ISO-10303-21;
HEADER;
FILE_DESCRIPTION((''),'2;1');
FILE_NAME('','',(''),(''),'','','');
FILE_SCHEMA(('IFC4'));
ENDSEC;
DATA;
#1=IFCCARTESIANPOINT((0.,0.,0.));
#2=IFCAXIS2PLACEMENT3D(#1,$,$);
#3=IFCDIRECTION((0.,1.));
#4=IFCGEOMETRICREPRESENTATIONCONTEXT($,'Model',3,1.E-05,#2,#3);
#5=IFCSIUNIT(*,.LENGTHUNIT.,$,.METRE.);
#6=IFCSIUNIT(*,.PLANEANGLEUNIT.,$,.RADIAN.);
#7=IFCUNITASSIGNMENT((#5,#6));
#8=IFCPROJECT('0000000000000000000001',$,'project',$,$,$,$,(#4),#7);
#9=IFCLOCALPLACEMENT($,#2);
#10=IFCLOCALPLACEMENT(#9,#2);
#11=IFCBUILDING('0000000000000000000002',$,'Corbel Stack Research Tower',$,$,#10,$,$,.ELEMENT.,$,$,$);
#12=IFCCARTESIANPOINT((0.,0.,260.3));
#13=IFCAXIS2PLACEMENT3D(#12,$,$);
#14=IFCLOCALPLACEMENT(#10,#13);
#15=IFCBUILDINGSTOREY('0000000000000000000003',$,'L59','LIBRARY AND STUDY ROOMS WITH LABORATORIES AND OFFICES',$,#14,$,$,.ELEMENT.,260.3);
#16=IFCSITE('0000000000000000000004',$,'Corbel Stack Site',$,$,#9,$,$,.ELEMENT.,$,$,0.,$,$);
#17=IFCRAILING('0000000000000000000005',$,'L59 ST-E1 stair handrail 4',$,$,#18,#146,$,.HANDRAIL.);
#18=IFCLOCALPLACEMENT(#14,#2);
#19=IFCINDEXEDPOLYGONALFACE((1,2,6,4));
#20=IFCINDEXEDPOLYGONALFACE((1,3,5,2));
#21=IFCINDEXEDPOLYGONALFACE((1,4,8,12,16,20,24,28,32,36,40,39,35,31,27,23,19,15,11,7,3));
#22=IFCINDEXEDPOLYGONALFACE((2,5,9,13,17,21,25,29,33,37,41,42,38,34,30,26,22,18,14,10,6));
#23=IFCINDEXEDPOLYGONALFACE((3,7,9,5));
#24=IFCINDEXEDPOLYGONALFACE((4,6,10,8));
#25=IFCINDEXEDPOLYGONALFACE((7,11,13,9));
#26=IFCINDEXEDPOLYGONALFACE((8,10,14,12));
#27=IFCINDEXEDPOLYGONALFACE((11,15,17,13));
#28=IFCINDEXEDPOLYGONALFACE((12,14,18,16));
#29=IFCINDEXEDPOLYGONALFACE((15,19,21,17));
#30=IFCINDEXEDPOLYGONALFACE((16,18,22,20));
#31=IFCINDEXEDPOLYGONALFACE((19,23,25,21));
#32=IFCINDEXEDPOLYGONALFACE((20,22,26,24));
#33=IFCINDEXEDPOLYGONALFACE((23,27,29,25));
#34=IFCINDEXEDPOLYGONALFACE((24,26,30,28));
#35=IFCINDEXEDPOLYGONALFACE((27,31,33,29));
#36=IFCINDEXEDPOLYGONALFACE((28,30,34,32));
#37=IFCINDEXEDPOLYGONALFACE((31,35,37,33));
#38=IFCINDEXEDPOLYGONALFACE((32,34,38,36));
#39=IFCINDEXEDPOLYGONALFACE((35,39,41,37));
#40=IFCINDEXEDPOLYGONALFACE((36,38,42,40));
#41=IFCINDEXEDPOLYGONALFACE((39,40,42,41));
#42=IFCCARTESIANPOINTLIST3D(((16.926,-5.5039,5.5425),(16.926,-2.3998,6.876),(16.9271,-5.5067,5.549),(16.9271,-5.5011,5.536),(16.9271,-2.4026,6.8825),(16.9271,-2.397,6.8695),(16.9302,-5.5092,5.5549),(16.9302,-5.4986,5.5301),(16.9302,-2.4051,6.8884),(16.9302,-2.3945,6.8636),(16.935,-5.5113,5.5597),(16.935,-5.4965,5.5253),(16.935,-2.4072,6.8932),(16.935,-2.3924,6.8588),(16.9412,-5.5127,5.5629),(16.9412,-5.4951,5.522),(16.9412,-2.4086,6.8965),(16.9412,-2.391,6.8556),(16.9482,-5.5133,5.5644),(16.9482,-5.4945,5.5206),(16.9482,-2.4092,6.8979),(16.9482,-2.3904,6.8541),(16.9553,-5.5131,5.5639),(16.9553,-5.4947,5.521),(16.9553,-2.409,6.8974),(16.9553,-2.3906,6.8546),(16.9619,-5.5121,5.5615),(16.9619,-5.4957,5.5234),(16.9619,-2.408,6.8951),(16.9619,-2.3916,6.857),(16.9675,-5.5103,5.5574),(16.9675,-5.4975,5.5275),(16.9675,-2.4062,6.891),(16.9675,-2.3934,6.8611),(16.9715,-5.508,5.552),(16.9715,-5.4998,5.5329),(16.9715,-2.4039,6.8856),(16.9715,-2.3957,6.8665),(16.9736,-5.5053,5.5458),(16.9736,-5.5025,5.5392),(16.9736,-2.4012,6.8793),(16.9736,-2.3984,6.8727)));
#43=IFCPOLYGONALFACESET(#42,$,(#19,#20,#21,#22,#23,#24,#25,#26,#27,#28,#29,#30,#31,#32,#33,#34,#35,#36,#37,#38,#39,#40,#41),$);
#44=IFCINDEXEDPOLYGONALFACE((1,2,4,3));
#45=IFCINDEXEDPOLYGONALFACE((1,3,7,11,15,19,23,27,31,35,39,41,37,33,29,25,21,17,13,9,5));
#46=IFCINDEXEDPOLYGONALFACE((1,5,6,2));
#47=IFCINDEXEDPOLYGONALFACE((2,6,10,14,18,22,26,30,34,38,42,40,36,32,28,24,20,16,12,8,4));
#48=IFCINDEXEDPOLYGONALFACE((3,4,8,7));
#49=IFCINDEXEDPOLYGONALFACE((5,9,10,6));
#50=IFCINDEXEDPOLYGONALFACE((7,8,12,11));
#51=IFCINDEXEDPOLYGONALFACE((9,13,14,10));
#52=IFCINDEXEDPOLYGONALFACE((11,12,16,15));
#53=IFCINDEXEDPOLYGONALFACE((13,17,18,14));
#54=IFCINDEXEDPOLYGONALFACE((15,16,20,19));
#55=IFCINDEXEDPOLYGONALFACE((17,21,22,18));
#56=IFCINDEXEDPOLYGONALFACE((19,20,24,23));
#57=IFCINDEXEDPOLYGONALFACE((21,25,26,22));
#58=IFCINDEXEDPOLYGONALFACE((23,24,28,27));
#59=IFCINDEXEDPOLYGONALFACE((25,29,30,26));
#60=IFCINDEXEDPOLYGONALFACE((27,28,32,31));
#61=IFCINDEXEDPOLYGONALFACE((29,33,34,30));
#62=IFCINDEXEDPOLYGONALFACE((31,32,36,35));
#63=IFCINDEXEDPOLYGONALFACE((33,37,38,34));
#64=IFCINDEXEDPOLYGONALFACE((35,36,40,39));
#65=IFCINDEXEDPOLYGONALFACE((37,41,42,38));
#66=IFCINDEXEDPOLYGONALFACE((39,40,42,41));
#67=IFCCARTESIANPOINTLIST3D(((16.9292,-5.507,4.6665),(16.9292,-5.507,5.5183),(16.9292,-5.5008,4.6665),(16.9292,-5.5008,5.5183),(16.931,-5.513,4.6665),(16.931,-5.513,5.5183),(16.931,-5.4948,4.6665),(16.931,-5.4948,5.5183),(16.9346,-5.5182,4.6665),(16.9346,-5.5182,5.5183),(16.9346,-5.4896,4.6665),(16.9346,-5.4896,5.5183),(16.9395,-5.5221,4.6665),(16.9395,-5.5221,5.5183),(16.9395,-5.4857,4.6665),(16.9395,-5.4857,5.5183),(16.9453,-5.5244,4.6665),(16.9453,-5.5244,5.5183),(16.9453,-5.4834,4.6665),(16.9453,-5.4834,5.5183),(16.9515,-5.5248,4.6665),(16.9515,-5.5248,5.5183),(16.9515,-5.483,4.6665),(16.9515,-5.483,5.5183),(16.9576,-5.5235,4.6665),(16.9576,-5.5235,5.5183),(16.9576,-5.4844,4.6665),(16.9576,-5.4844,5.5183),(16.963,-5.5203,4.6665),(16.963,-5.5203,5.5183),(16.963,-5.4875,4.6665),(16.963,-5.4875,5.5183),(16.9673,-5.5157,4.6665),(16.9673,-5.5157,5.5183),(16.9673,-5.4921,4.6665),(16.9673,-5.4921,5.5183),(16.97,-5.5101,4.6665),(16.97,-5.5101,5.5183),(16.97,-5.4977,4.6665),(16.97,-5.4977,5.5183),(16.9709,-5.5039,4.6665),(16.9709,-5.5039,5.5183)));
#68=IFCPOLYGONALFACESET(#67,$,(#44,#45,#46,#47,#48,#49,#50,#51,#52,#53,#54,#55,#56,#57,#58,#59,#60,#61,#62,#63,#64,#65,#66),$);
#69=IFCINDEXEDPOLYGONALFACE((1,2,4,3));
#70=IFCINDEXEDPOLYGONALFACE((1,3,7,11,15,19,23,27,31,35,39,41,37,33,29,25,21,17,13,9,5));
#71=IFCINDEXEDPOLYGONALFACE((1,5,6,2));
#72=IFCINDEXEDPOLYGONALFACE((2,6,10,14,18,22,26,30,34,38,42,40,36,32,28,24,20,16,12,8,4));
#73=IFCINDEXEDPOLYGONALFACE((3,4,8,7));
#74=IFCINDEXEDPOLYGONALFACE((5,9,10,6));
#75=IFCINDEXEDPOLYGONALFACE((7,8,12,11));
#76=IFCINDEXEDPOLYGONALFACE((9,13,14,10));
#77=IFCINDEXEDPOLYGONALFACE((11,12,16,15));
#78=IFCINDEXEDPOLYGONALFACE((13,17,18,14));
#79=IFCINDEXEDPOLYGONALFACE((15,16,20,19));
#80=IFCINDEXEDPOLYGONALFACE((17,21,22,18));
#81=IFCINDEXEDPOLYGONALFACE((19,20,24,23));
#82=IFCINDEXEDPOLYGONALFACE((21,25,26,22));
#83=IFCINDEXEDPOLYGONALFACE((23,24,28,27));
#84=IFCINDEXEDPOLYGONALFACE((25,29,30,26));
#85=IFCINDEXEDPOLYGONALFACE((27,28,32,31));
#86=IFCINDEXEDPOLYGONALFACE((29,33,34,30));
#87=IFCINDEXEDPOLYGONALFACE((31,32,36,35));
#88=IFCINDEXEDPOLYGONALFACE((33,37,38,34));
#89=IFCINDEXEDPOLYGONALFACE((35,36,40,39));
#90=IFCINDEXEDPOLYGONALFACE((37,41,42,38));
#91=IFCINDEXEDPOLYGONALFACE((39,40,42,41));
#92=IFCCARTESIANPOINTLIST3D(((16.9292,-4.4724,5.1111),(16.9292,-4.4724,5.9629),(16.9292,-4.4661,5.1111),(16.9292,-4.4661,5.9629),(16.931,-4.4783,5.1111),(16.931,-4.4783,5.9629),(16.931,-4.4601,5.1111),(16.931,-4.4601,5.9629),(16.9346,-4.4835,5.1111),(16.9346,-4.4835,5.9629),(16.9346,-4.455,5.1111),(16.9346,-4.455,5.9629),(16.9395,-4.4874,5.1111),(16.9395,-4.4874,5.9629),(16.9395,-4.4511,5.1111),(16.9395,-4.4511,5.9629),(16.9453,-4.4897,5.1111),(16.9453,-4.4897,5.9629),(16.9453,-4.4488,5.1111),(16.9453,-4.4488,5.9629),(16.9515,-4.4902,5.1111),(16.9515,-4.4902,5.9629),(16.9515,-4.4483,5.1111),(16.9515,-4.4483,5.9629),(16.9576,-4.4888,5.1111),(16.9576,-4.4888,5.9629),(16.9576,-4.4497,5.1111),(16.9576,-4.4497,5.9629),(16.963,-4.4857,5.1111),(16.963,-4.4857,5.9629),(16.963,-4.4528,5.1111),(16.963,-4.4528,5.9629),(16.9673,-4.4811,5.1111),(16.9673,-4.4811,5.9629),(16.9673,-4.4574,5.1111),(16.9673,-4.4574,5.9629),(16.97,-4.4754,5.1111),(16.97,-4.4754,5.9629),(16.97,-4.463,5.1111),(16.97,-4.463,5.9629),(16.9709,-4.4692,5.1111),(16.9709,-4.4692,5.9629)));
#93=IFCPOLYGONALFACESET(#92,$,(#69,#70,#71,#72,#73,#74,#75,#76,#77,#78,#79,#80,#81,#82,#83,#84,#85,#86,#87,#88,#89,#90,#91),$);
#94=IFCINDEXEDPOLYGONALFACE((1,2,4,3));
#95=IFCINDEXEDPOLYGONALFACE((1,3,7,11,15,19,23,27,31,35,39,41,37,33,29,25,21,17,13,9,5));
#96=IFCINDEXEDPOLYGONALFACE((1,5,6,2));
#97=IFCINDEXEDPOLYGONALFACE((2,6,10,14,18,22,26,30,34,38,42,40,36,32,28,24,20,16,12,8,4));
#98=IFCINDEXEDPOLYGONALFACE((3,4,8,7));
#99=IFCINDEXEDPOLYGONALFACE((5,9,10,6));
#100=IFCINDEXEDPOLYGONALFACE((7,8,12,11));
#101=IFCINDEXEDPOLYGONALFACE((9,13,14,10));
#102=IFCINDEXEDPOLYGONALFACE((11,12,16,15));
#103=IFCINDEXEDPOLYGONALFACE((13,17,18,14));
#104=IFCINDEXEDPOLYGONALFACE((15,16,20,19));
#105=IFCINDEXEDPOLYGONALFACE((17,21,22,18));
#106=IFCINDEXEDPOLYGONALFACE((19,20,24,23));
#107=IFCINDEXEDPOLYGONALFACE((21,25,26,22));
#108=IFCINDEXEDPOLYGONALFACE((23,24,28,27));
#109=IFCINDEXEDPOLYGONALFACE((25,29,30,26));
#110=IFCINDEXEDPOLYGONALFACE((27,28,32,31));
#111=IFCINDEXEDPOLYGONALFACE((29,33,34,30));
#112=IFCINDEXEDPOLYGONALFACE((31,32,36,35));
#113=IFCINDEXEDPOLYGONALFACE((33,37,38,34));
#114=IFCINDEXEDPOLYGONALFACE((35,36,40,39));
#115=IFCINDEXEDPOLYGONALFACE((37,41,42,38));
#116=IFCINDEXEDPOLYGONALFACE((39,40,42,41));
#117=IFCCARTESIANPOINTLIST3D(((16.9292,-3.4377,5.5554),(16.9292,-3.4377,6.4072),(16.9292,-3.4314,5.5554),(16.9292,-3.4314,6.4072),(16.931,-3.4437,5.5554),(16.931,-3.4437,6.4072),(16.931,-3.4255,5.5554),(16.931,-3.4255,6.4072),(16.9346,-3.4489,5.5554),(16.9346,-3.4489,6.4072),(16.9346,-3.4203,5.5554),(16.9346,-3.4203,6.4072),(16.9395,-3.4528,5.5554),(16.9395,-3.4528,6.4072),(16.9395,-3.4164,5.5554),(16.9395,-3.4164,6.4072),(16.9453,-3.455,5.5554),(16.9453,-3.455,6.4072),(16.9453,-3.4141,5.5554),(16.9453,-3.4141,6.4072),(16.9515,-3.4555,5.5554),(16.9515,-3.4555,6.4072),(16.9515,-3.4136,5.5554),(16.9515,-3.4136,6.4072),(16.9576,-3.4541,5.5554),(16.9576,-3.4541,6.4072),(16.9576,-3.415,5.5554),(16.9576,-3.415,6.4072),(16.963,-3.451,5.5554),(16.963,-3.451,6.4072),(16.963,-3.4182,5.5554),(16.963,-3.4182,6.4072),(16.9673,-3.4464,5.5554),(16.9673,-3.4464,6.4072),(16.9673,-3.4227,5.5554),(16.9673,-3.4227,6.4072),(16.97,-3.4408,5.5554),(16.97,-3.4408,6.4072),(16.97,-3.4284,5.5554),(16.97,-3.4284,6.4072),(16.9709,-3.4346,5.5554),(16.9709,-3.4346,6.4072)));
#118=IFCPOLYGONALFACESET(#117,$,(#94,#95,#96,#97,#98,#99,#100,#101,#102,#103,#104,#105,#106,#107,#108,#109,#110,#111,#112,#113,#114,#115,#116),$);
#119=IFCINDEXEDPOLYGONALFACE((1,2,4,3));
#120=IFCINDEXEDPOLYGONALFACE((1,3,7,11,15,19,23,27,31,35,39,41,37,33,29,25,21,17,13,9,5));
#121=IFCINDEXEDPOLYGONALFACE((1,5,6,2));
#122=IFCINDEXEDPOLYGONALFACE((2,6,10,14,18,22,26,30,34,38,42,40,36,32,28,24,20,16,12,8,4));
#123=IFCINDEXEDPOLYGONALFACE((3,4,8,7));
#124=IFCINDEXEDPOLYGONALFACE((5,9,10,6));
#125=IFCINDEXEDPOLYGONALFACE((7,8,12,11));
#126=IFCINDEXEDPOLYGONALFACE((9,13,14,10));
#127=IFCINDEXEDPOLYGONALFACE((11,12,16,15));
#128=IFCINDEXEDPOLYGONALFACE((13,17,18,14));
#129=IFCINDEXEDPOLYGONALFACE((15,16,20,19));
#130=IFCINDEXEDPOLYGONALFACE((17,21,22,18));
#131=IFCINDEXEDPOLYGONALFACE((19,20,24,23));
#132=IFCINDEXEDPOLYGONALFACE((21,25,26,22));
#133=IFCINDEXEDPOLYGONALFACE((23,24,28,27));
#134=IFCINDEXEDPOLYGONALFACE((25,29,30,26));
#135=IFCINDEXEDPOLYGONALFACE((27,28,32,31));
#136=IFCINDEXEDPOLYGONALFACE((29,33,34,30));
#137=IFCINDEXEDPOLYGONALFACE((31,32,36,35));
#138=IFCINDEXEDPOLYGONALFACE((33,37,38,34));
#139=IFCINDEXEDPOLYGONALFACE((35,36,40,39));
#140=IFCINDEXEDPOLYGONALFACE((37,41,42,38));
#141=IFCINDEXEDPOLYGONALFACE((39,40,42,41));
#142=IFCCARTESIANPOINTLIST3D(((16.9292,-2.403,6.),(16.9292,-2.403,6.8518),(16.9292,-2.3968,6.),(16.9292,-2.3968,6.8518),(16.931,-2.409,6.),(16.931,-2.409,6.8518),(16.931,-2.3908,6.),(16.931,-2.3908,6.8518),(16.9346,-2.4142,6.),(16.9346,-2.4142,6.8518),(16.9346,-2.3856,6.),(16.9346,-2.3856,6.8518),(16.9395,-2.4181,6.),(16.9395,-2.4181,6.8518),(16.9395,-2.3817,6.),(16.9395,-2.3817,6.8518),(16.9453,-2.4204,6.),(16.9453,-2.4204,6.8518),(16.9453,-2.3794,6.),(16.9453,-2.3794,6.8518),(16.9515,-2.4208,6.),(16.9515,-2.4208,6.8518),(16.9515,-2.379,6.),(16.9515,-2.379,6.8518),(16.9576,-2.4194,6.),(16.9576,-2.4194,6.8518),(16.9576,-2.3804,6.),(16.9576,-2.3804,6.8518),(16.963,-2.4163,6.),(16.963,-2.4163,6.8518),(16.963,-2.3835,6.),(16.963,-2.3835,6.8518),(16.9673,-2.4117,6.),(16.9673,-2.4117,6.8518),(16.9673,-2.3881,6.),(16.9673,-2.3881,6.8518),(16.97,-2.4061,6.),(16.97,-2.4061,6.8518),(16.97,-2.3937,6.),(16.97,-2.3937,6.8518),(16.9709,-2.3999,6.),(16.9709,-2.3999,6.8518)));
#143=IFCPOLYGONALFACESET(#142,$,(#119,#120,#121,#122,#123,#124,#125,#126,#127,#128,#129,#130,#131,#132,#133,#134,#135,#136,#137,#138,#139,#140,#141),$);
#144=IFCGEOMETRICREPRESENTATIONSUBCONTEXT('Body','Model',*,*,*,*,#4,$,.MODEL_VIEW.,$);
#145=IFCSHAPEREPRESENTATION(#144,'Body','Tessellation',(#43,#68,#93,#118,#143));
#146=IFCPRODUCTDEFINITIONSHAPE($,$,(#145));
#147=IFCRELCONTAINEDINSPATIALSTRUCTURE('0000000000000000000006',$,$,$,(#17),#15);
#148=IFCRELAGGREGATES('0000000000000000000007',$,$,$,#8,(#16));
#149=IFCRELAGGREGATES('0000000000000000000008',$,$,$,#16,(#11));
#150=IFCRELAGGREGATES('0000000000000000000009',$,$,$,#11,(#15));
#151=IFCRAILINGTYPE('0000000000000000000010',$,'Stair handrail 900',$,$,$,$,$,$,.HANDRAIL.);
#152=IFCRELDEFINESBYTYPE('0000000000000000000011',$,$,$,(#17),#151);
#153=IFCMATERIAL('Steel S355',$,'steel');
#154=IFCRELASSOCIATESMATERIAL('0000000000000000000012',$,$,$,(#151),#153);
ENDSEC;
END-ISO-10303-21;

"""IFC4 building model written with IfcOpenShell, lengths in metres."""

from ifc_helpers import new_model, si_unit, direction, frame, origin, origin_2d, place, context, subcontext, project, spatial, circle, extrude, material, type_object, element, save


model = new_model("IFC4")

# Units and contexts
model_context = context("Model", 3, precision=1e-05, world=origin(), true_north=direction((0.0, 1.0)))
body_context = subcontext(model_context, "Body", "Model", "MODEL_VIEW")
ifc_project = project(units=[si_unit("LENGTHUNIT", "METRE"), si_unit("PLANEANGLEUNIT", "RADIAN")], contexts=[model_context])

# Site, building, storey
site_placement = place(None, origin())
site = spatial("IfcSite", under=ifc_project, at=site_placement, Name="Corbel Stack Site", CompositionType="ELEMENT", RefElevation=0.0)
building_placement = place(site_placement, origin())
building = spatial("IfcBuilding", under=site, at=building_placement, Name="Corbel Stack Research Tower", CompositionType="ELEMENT")
storey_placement = place(building_placement, frame((0.0, 0.0, 260.3)))
storey = spatial("IfcBuildingStorey", under=building, at=storey_placement, Name="L59", Description="LIBRARY AND STUDY ROOMS WITH LABORATORIES AND OFFICES", CompositionType="ELEMENT", Elevation=260.3)

# Railing
ifc_material_1 = material(Name="Steel S355", Category="steel")
railing_type_1 = type_object("IfcRailingType", Name="Stair handrail 900", PredefinedType="HANDRAIL", material=ifc_material_1)
railing_1_placement = place(storey_placement, frame((16.95, -5.5039, 4.6665)))
element("IfcRailing", 1, at=railing_1_placement, inside=storey, type_object=railing_type_1, Name="L59 ST-E1 stair handrail 4", PredefinedType="HANDRAIL", context=body_context, shape_type="SweptSolid", body=[
    extrude(circle(Radius=0.0239, at=origin_2d()), frame((0.0, 0.0, 0.876), z_axis=(0.0, 0.918801, 0.394722), x_axis=(-1.0, 0.0, 0.0)), (0.0, 0.0, 1.0), 3.3784),
    extrude(circle(Radius=0.021, at=origin_2d()), origin(), (0.0, 0.0, 1.0), 0.8518),
    extrude(circle(Radius=0.021, at=origin_2d()), frame((0.0, 1.0347, 0.4446)), (0.0, 0.0, 1.0), 0.8518),
    extrude(circle(Radius=0.021, at=origin_2d()), frame((0.0, 2.0693, 0.8889)), (0.0, 0.0, 1.0), 0.8518),
    extrude(circle(Radius=0.021, at=origin_2d()), frame((0.0, 3.104, 1.3335)), (0.0, 0.0, 1.0), 0.8518),
])

save(model, "model.ifc")
